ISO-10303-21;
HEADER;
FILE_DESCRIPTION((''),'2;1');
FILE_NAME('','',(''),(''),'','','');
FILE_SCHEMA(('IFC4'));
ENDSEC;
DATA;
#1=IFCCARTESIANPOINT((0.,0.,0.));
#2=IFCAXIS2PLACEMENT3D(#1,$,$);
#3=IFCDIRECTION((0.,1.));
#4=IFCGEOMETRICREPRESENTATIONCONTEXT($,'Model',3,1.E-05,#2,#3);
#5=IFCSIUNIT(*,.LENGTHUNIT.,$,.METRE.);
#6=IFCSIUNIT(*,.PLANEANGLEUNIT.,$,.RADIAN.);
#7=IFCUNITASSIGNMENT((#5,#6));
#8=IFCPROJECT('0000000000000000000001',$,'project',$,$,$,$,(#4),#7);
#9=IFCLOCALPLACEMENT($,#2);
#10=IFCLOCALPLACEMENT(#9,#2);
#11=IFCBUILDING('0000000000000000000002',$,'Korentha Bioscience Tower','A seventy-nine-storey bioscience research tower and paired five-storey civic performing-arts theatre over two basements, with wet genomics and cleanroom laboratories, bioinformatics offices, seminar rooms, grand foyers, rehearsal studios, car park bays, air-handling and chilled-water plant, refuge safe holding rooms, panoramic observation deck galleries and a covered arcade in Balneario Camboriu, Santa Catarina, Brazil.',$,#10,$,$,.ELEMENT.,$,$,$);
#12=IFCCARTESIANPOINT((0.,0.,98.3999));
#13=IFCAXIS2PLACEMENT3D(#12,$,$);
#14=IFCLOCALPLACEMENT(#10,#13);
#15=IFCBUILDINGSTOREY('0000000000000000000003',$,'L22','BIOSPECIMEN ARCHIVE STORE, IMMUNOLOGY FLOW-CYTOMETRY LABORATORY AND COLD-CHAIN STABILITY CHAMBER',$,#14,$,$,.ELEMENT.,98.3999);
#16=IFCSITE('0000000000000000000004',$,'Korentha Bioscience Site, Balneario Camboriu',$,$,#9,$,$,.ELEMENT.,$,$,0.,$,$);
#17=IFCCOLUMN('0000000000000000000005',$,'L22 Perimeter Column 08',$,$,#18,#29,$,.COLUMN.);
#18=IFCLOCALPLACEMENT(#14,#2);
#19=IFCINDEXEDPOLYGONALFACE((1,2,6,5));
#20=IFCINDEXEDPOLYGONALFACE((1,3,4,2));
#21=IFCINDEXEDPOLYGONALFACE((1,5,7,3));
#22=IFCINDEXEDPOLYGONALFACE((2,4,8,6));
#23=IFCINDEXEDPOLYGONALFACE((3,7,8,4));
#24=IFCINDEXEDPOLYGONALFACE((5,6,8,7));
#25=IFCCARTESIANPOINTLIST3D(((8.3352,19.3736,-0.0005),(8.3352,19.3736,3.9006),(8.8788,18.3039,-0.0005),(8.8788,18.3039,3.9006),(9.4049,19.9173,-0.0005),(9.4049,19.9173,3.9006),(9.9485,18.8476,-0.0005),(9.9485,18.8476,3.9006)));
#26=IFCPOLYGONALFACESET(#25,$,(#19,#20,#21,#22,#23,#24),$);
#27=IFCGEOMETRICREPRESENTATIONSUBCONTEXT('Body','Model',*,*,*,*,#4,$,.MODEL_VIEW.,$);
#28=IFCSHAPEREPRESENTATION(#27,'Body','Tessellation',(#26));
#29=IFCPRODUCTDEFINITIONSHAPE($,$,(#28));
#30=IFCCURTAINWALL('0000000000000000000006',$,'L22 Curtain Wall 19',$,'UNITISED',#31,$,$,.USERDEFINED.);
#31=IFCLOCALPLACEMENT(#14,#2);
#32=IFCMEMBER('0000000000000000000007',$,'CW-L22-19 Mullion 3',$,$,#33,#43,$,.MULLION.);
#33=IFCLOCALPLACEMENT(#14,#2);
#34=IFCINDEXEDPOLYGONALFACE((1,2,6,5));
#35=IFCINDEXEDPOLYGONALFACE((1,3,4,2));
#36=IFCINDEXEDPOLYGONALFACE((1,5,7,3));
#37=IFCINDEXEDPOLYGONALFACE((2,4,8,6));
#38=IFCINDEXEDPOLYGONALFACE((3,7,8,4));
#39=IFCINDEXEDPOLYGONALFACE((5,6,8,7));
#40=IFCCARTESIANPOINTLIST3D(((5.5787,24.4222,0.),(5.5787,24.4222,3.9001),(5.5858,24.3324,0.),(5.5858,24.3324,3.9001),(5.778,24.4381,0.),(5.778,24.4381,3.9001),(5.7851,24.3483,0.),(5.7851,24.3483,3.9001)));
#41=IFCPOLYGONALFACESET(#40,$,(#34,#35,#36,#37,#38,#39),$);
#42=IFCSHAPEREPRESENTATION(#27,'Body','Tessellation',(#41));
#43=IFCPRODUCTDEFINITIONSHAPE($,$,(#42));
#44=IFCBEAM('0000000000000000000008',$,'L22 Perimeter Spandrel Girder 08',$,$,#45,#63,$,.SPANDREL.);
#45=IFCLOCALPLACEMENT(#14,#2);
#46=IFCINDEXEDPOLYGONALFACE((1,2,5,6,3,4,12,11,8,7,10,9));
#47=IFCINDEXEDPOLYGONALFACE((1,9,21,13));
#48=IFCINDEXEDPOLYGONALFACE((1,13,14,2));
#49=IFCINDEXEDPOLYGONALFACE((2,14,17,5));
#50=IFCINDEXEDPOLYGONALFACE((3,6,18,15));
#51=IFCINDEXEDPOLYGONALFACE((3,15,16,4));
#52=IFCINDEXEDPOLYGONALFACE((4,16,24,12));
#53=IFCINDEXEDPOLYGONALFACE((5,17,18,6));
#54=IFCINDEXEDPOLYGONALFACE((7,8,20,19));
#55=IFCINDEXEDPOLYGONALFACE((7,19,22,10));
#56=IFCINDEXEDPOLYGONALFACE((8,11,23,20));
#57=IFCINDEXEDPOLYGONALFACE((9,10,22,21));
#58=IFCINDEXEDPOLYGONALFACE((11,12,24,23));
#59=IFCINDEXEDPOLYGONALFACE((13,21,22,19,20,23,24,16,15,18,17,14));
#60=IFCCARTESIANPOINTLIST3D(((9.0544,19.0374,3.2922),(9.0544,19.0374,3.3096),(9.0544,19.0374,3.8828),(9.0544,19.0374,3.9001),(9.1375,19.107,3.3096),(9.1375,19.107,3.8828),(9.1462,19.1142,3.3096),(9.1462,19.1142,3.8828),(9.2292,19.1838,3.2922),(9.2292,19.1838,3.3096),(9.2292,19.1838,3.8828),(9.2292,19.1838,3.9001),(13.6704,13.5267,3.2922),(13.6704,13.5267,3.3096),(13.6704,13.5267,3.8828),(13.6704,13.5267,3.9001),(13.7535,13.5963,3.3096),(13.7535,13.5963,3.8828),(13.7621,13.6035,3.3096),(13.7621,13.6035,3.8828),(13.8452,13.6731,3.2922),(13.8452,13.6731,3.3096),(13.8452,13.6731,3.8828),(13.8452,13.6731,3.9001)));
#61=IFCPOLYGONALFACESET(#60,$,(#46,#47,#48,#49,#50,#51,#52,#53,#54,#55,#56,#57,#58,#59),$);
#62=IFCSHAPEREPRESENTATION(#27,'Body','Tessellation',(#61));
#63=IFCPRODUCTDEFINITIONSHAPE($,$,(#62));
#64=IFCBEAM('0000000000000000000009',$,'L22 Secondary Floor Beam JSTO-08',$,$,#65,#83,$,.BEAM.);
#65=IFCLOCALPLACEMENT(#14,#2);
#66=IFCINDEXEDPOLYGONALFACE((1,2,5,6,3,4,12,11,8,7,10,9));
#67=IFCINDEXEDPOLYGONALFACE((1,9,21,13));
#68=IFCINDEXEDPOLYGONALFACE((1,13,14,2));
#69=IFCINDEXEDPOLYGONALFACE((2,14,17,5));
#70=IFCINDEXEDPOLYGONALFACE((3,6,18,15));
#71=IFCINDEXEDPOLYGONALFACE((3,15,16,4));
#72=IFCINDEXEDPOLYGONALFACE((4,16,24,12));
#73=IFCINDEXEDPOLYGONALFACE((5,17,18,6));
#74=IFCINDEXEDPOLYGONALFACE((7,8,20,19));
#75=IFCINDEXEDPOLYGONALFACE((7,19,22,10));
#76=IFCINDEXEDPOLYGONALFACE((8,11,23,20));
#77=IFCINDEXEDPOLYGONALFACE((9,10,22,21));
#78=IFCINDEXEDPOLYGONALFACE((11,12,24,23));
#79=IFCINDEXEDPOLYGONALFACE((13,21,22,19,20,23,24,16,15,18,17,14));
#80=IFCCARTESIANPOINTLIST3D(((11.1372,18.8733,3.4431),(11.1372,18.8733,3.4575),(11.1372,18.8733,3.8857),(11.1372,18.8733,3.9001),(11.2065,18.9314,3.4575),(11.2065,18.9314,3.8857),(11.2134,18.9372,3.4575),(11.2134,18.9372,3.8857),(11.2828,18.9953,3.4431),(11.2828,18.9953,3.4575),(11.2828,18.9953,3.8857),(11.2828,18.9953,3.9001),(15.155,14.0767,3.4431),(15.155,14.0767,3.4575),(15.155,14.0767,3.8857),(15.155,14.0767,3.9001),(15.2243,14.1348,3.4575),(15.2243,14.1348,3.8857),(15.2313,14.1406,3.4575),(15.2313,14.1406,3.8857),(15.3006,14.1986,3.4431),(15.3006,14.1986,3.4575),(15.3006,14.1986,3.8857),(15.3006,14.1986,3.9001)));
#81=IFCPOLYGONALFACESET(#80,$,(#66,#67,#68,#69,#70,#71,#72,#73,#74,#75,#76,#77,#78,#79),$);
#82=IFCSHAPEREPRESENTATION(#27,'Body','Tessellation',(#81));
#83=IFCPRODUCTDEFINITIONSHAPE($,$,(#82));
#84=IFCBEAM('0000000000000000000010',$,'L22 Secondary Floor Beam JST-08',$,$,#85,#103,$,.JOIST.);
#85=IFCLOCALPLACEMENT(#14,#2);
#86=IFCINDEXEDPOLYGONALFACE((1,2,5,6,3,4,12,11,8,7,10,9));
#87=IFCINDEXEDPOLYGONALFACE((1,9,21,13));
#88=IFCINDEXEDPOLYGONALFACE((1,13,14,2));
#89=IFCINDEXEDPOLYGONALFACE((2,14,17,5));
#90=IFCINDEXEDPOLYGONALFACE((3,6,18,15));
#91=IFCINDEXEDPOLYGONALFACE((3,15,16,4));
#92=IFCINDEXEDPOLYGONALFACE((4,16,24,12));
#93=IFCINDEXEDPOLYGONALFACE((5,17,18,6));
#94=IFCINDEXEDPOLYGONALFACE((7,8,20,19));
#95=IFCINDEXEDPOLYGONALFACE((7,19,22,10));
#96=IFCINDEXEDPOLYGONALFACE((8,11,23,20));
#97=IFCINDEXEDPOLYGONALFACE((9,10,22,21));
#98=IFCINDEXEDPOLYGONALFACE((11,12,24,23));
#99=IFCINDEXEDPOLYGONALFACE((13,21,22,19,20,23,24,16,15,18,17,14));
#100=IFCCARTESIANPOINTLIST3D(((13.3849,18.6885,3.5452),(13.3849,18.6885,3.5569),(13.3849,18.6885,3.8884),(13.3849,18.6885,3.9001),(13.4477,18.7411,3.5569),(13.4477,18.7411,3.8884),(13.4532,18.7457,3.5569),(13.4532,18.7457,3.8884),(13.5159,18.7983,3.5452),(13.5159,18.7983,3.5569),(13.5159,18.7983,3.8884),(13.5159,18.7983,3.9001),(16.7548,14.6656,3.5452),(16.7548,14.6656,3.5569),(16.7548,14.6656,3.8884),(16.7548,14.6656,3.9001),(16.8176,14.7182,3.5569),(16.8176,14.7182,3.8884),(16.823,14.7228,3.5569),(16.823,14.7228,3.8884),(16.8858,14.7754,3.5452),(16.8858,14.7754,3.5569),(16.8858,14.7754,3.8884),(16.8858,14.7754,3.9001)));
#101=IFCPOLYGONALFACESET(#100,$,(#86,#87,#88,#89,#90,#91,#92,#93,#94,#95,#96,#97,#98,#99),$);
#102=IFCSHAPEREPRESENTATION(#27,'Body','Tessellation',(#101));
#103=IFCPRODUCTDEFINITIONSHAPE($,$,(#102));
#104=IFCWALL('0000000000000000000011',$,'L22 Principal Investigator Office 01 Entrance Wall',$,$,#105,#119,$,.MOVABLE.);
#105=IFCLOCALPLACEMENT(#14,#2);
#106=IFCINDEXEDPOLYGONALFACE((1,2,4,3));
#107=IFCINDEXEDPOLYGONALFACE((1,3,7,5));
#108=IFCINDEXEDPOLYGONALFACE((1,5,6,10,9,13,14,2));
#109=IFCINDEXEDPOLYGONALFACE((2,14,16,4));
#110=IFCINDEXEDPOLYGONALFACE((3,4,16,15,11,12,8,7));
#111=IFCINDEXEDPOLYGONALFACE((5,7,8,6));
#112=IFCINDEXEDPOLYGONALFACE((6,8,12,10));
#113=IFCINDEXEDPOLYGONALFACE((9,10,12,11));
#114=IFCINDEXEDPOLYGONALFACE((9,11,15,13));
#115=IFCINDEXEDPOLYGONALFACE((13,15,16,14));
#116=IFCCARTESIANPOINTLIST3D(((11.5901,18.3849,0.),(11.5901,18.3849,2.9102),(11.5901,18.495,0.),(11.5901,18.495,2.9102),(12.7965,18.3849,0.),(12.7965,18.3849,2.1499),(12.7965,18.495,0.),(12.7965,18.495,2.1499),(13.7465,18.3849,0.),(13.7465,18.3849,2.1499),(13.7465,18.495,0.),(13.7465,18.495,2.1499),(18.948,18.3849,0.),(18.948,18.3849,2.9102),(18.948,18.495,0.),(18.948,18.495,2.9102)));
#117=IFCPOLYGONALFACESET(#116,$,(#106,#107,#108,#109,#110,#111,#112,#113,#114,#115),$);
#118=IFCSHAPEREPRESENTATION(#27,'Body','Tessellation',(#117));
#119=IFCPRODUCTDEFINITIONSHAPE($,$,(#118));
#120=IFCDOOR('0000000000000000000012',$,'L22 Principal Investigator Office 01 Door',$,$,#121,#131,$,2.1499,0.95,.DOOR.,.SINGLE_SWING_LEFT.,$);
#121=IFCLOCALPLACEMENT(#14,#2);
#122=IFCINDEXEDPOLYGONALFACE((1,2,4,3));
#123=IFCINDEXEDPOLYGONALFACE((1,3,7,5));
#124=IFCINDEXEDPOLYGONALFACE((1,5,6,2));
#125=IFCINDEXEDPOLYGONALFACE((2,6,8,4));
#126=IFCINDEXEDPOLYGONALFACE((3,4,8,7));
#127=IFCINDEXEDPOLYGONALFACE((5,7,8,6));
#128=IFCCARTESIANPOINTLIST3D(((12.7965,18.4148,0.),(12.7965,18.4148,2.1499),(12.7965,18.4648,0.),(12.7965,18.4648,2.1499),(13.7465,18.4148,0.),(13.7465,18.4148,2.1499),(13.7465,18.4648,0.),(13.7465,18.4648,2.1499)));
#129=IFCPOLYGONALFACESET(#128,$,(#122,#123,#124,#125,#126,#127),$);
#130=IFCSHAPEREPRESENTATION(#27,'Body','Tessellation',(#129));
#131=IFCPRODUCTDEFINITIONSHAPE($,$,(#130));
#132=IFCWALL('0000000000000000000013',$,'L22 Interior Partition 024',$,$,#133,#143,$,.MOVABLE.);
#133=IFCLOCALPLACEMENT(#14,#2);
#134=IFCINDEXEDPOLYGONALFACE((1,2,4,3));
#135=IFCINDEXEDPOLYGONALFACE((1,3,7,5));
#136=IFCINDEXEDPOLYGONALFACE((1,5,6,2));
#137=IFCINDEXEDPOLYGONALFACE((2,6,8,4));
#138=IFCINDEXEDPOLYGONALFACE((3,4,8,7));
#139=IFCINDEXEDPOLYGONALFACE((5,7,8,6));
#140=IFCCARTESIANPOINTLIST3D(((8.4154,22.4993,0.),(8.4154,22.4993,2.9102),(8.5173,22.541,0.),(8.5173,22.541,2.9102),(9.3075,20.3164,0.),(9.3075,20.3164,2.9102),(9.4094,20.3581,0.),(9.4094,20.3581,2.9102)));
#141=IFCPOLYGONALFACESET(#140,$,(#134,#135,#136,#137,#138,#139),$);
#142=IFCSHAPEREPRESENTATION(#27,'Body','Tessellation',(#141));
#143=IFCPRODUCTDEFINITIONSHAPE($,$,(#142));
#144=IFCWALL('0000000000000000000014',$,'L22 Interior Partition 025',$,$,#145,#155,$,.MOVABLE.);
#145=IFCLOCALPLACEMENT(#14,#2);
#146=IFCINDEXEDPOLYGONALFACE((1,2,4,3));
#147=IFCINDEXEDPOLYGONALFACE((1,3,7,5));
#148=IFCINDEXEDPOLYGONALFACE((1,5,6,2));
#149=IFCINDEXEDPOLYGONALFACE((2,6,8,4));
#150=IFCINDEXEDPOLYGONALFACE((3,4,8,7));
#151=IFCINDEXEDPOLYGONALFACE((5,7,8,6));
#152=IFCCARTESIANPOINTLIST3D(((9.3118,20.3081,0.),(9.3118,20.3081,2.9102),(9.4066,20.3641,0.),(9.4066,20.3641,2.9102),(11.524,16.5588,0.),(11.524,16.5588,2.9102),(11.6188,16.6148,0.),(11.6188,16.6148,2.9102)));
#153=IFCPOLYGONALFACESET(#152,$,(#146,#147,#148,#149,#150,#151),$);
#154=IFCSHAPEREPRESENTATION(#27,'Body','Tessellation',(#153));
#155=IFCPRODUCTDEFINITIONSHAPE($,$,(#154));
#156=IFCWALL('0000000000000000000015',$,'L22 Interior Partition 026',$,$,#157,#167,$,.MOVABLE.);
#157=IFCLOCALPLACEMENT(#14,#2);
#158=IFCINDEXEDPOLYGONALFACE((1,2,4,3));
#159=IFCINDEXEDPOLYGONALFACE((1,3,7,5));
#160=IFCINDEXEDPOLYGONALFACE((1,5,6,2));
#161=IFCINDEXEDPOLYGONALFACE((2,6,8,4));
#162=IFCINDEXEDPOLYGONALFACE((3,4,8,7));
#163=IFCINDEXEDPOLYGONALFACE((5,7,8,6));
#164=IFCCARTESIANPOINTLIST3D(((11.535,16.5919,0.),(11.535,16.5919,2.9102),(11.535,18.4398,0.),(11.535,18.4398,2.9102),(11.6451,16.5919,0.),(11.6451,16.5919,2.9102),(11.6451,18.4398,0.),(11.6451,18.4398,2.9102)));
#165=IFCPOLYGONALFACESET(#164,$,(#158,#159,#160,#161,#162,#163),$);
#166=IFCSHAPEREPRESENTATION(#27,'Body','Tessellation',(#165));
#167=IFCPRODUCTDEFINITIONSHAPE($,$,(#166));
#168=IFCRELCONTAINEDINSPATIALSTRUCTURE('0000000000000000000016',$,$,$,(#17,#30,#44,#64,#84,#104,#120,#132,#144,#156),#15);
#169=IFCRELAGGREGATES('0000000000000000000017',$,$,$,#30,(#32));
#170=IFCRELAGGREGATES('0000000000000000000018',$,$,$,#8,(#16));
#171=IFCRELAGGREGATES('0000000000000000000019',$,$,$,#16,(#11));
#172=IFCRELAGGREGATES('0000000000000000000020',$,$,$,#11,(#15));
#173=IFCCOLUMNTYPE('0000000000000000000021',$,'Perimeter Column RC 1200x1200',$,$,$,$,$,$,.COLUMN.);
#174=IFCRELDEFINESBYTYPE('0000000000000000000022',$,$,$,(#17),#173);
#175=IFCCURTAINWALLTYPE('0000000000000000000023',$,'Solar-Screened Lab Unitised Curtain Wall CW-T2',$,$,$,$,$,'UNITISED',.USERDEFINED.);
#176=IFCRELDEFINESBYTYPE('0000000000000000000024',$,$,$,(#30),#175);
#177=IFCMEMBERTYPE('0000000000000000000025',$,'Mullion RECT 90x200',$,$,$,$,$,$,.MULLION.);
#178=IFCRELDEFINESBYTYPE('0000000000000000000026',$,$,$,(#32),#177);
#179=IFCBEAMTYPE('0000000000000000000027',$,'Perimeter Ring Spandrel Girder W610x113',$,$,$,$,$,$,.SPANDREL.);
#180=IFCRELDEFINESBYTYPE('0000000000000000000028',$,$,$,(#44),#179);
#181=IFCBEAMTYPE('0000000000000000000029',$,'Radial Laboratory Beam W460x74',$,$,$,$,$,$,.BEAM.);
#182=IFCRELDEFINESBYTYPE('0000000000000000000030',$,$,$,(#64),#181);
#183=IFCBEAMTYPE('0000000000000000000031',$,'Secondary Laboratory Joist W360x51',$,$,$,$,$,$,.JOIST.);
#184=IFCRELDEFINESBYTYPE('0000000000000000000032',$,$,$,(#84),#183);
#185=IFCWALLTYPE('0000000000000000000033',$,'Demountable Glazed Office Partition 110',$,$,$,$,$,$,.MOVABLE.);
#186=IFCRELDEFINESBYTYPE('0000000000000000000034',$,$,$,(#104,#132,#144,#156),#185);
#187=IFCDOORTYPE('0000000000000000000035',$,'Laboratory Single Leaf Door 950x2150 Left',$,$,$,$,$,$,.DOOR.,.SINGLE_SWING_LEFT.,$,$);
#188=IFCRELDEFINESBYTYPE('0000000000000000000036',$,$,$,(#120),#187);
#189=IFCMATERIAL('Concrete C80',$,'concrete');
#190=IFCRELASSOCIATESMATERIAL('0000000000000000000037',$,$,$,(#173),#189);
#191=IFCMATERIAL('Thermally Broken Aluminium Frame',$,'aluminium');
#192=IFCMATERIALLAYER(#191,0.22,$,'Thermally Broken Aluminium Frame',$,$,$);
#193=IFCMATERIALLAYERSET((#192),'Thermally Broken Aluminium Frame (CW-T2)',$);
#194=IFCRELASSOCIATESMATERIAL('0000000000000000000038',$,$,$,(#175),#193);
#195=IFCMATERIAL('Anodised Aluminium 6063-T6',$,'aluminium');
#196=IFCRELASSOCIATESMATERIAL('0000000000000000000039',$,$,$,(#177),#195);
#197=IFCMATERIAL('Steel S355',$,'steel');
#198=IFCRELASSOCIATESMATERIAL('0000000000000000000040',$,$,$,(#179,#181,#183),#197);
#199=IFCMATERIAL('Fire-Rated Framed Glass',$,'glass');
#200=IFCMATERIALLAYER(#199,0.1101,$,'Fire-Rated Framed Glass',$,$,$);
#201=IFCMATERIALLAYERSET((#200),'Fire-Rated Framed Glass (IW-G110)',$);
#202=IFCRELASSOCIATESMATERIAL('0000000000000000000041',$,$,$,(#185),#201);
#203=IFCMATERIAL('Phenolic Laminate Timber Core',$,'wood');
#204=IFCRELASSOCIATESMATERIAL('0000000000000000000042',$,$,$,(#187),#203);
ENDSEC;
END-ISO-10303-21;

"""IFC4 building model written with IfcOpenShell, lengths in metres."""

from ifc_helpers import new_model, si_unit, direction, frame, frame_2d, origin, origin_2d, place, context, subcontext, project, spatial, rectangle, i_section, extrude, material, layer, layer_set, material_profile, profile_set, type_object, element, fill, aggregate, save


model = new_model("IFC4")

# Units and contexts
model_context = context("Model", 3, precision=1e-05, world=origin(), true_north=direction((0.0, 1.0)))
body_context = subcontext(model_context, "Body", "Model", "MODEL_VIEW")
ifc_project = project(units=[si_unit("LENGTHUNIT", "METRE"), si_unit("PLANEANGLEUNIT", "RADIAN")], contexts=[model_context])

# Site, building, storey
site_placement = place(None, origin())
site = spatial("IfcSite", under=ifc_project, at=site_placement, Name="Korentha Bioscience Site, Balneario Camboriu", CompositionType="ELEMENT", RefElevation=0.0)
building_placement = place(site_placement, origin())
building = spatial("IfcBuilding", under=site, at=building_placement, Name="Korentha Bioscience Tower", Description="A seventy-nine-storey bioscience research tower and paired five-storey civic performing-arts theatre over two basements, with wet genomics and cleanroom laboratories, bioinformatics offices, seminar rooms, grand foyers, rehearsal studios, car park bays, air-handling and chilled-water plant, refuge safe holding rooms, panoramic observation deck galleries and a covered arcade in Balneario Camboriu, Santa Catarina, Brazil.", CompositionType="ELEMENT")
storey_placement = place(building_placement, frame((0.0, 0.0, 98.3999)))
storey = spatial("IfcBuildingStorey", under=building, at=storey_placement, Name="L22", Description="BIOSPECIMEN ARCHIVE STORE, IMMUNOLOGY FLOW-CYTOMETRY LABORATORY AND COLD-CHAIN STABILITY CHAMBER", CompositionType="ELEMENT", Elevation=98.3999)

# Column
ifc_material_1 = material(Name="Concrete C80", Category="concrete")
ifc_material_profile_1 = material_profile(ifc_material_1, rectangle(XDim=1.2, YDim=1.2, at=origin_2d()), Name="Concrete C80")
ifc_profile_set_1 = profile_set([ifc_material_profile_1], Name="Concrete C80 (COL-P12)")
column_type = type_object("IfcColumnType", Name="Perimeter Column RC 1200x1200", PredefinedType="COLUMN", material=ifc_profile_set_1)
column_placement = place(storey_placement, frame((9.1418, 19.1106, -0.0005), z_axis=(0.0, 0.0, 1.0), x_axis=(-0.453057, 0.891481, 0.0)))
element("IfcColumn", 1, at=column_placement, inside=storey, type_object=column_type, Name="L22 Perimeter Column 08", PredefinedType="COLUMN", context=body_context, shape_type="SweptSolid", body=[
    extrude(rectangle(XDim=1.2, YDim=1.2, at=origin_2d()), origin(), (0.0, 0.0, 1.0), 3.9011),
])

# Curtain wall, member
ifc_material_2 = material(Name="Thermally Broken Aluminium Frame", Category="aluminium")
ifc_layer_1 = layer(ifc_material_2, 0.22, Name="Thermally Broken Aluminium Frame")
ifc_layer_set_1 = layer_set([ifc_layer_1], Name="Thermally Broken Aluminium Frame (CW-T2)")
curtain_wall_type = type_object("IfcCurtainWallType", Name="Solar-Screened Lab Unitised Curtain Wall CW-T2", ElementType="UNITISED", PredefinedType="USERDEFINED", material=ifc_layer_set_1)
curtain_wall_placement = place(storey_placement, origin())
curtain_wall = element("IfcCurtainWall", 2, at=curtain_wall_placement, inside=storey, type_object=curtain_wall_type, Name="L22 Curtain Wall 19", ObjectType="UNITISED", PredefinedType="USERDEFINED")
ifc_material_3 = material(Name="Anodised Aluminium 6063-T6", Category="aluminium")
ifc_material_profile_2 = material_profile(ifc_material_3, rectangle(XDim=0.0901, YDim=0.2, at=origin_2d()), Name="Anodised Aluminium 6063-T6")
ifc_profile_set_2 = profile_set([ifc_material_profile_2], Name="Anodised Aluminium 6063-T6 (CW-MUL)")
member_type = type_object("IfcMemberType", Name="Mullion RECT 90x200", PredefinedType="MULLION", material=ifc_profile_set_2)
member_placement = place(storey_placement, frame((5.6819, 24.3853, 0.0), z_axis=(0.0, 0.0, 1.0), x_axis=(0.07913, -0.996864, 0.0)))
member = element("IfcMember", 3, at=member_placement, type_object=member_type, Name="CW-L22-19 Mullion 3", PredefinedType="MULLION", context=body_context, shape_type="SweptSolid", body=[
    extrude(rectangle(XDim=0.0901, YDim=0.2, at=origin_2d()), origin(), (0.0, 0.0, 1.0), 3.9001),
])
aggregate(curtain_wall, [member])

# Beams
ifc_material_4 = material(Name="Steel S355", Category="steel")
ifc_material_profile_3 = material_profile(ifc_material_4, i_section(OverallWidth=0.228, OverallDepth=0.6079, WebThickness=0.0112, FlangeThickness=0.0173, at=origin_2d()), Name="Steel S355")
ifc_profile_set_3 = profile_set([ifc_material_profile_3], Name="Steel S355 (SB-610)")
beam_type_1 = type_object("IfcBeamType", Name="Perimeter Ring Spandrel Girder W610x113", PredefinedType="SPANDREL", material=ifc_profile_set_3)
beam_1_placement = place(storey_placement, frame((9.1418, 19.1106, 3.5962), z_axis=(0.642127, -0.766599, 0.0), x_axis=(0.766599, 0.642127, 0.0)))
element("IfcBeam", 4, at=beam_1_placement, inside=storey, type_object=beam_type_1, Name="L22 Perimeter Spandrel Girder 08", PredefinedType="SPANDREL", context=body_context, shape_type="SweptSolid", body=[
    extrude(i_section(OverallWidth=0.228, OverallDepth=0.6079, WebThickness=0.0112, FlangeThickness=0.0173, at=origin_2d()), origin(), (0.0, 0.0, 1.0), 7.1885),
])
ifc_material_profile_4 = material_profile(ifc_material_4, i_section(OverallWidth=0.1899, OverallDepth=0.457, WebThickness=0.009, FlangeThickness=0.0144, at=origin_2d()), Name="Steel S355")
ifc_profile_set_4 = profile_set([ifc_material_profile_4], Name="Steel S355 (RB-460)")
beam_type_2 = type_object("IfcBeamType", Name="Radial Laboratory Beam W460x74", PredefinedType="BEAM", material=ifc_profile_set_4)
beam_2_placement = place(storey_placement, frame((11.21, 18.9343, 3.6716), z_axis=(0.642128, -0.766597, 0.0), x_axis=(0.766597, 0.642128, 0.0)))
element("IfcBeam", 5, at=beam_2_placement, inside=storey, type_object=beam_type_2, Name="L22 Secondary Floor Beam JSTO-08", PredefinedType="BEAM", context=body_context, shape_type="SweptSolid", body=[
    extrude(i_section(OverallWidth=0.1899, OverallDepth=0.457, WebThickness=0.009, FlangeThickness=0.0144, at=origin_2d()), origin(), (0.0, 0.0, 1.0), 6.2571),
])
ifc_material_profile_5 = material_profile(ifc_material_4, i_section(OverallWidth=0.1709, OverallDepth=0.355, WebThickness=0.0071, FlangeThickness=0.0117, at=origin_2d()), Name="Steel S355")
ifc_profile_set_5 = profile_set([ifc_material_profile_5], Name="Steel S355 (JB-360)")
beam_type_3 = type_object("IfcBeamType", Name="Secondary Laboratory Joist W360x51", PredefinedType="JOIST", material=ifc_profile_set_5)
beam_3_placement = place(storey_placement, frame((13.4504, 18.7434, 3.7227), z_axis=(0.642141, -0.766587, 0.0), x_axis=(0.766587, 0.642141, 0.0)))
element("IfcBeam", 6, at=beam_3_placement, inside=storey, type_object=beam_type_3, Name="L22 Secondary Floor Beam JST-08", PredefinedType="JOIST", context=body_context, shape_type="SweptSolid", body=[
    extrude(i_section(OverallWidth=0.1709, OverallDepth=0.355, WebThickness=0.0071, FlangeThickness=0.0117, at=origin_2d()), origin(), (0.0, 0.0, 1.0), 5.2478),
])

# Wall, opening, door
ifc_material_5 = material(Name="Fire-Rated Framed Glass", Category="glass")
ifc_layer_2 = layer(ifc_material_5, 0.1101, Name="Fire-Rated Framed Glass")
ifc_layer_set_2 = layer_set([ifc_layer_2], Name="Fire-Rated Framed Glass (IW-G110)")
wall_type_1 = type_object("IfcWallType", Name="Demountable Glazed Office Partition 110", PredefinedType="MOVABLE", material=ifc_layer_set_2)
wall_1_placement = place(storey_placement, frame((11.5901, 18.4399, 0.0), z_axis=(0.0, 0.0, 1.0), x_axis=(1.0, 0.0, 0.0)))
wall_1 = element("IfcWall", 7, at=wall_1_placement, inside=storey, type_object=wall_type_1, Name="L22 Principal Investigator Office 01 Entrance Wall", PredefinedType="MOVABLE", context=body_context, shape_type="SweptSolid", body=[
    extrude(rectangle(XDim=7.3579, YDim=0.1101, at=frame_2d((3.679, 0.0))), origin(), (0.0, 0.0, 1.0), 2.9102),
])
opening_1_placement = place(wall_1_placement, frame((1.2063, 0.0, 0.0)))
opening_1 = element("IfcOpeningElement", 8, at=opening_1_placement, cuts=wall_1, PredefinedType="OPENING", context=body_context, shape_type="SweptSolid", body=[
    extrude(rectangle(XDim=0.95, YDim=2.1499, at=frame_2d((0.4751, 1.075))), frame((0.0, 0.0698, 0.0), z_axis=(0.0, -1.0, 0.0), x_axis=(1.0, 0.0, 0.0)), (0.0, 0.0, 1.0), 0.1399),
])
ifc_material_6 = material(Name="Phenolic Laminate Timber Core", Category="wood")
door_type_1 = type_object("IfcDoorType", Name="Laboratory Single Leaf Door 950x2150 Left", OperationType="SINGLE_SWING_LEFT", PredefinedType="DOOR", material=ifc_material_6)
door_1_placement = place(opening_1_placement, origin())
door_1 = element("IfcDoor", 9, at=door_1_placement, inside=storey, type_object=door_type_1, Name="L22 Principal Investigator Office 01 Door", OperationType="SINGLE_SWING_LEFT", OverallHeight=2.1499, OverallWidth=0.95, PredefinedType="DOOR", context=body_context, shape_type="SweptSolid", body=[
    extrude(rectangle(XDim=0.95, YDim=2.1499, at=frame_2d((0.4751, 1.075))), frame((0.0, 0.0249, 0.0), z_axis=(0.0, -1.0, 0.0), x_axis=(1.0, 0.0, 0.0)), (0.0, 0.0, 1.0), 0.05),
])
fill(opening_1, door_1)

# Walls
wall_2_placement = place(storey_placement, frame((8.4663, 22.5203, 0.0), z_axis=(0.0, 0.0, 1.0), x_axis=(0.378306, -0.92568, 0.0)))
element("IfcWall", 10, at=wall_2_placement, inside=storey, type_object=wall_type_1, Name="L22 Interior Partition 024", PredefinedType="MOVABLE", context=body_context, shape_type="SweptSolid", body=[
    extrude(rectangle(XDim=2.3582, YDim=0.1101, at=frame_2d((1.1792, 0.0))), origin(), (0.0, 0.0, 1.0), 2.9102),
])
wall_3_placement = place(storey_placement, frame((9.3591, 20.3362, 0.0), z_axis=(0.0, 0.0, 1.0), x_axis=(0.508164, -0.86126, 0.0)))
element("IfcWall", 11, at=wall_3_placement, inside=storey, type_object=wall_type_1, Name="L22 Interior Partition 025", PredefinedType="MOVABLE", context=body_context, shape_type="SweptSolid", body=[
    extrude(rectangle(XDim=4.3533, YDim=0.1101, at=frame_2d((2.1768, 0.0))), origin(), (0.0, 0.0, 1.0), 2.9102),
])
wall_4_placement = place(storey_placement, frame((11.5901, 16.592, 0.0), z_axis=(0.0, 0.0, 1.0), x_axis=(0.0, 1.0, 0.0)))
element("IfcWall", 12, at=wall_4_placement, inside=storey, type_object=wall_type_1, Name="L22 Interior Partition 026", PredefinedType="MOVABLE", context=body_context, shape_type="SweptSolid", body=[
    extrude(rectangle(XDim=1.8479, YDim=0.1101, at=frame_2d((0.9238, 0.0))), origin(), (0.0, 0.0, 1.0), 2.9102),
])

save(model, "model.ifc")
